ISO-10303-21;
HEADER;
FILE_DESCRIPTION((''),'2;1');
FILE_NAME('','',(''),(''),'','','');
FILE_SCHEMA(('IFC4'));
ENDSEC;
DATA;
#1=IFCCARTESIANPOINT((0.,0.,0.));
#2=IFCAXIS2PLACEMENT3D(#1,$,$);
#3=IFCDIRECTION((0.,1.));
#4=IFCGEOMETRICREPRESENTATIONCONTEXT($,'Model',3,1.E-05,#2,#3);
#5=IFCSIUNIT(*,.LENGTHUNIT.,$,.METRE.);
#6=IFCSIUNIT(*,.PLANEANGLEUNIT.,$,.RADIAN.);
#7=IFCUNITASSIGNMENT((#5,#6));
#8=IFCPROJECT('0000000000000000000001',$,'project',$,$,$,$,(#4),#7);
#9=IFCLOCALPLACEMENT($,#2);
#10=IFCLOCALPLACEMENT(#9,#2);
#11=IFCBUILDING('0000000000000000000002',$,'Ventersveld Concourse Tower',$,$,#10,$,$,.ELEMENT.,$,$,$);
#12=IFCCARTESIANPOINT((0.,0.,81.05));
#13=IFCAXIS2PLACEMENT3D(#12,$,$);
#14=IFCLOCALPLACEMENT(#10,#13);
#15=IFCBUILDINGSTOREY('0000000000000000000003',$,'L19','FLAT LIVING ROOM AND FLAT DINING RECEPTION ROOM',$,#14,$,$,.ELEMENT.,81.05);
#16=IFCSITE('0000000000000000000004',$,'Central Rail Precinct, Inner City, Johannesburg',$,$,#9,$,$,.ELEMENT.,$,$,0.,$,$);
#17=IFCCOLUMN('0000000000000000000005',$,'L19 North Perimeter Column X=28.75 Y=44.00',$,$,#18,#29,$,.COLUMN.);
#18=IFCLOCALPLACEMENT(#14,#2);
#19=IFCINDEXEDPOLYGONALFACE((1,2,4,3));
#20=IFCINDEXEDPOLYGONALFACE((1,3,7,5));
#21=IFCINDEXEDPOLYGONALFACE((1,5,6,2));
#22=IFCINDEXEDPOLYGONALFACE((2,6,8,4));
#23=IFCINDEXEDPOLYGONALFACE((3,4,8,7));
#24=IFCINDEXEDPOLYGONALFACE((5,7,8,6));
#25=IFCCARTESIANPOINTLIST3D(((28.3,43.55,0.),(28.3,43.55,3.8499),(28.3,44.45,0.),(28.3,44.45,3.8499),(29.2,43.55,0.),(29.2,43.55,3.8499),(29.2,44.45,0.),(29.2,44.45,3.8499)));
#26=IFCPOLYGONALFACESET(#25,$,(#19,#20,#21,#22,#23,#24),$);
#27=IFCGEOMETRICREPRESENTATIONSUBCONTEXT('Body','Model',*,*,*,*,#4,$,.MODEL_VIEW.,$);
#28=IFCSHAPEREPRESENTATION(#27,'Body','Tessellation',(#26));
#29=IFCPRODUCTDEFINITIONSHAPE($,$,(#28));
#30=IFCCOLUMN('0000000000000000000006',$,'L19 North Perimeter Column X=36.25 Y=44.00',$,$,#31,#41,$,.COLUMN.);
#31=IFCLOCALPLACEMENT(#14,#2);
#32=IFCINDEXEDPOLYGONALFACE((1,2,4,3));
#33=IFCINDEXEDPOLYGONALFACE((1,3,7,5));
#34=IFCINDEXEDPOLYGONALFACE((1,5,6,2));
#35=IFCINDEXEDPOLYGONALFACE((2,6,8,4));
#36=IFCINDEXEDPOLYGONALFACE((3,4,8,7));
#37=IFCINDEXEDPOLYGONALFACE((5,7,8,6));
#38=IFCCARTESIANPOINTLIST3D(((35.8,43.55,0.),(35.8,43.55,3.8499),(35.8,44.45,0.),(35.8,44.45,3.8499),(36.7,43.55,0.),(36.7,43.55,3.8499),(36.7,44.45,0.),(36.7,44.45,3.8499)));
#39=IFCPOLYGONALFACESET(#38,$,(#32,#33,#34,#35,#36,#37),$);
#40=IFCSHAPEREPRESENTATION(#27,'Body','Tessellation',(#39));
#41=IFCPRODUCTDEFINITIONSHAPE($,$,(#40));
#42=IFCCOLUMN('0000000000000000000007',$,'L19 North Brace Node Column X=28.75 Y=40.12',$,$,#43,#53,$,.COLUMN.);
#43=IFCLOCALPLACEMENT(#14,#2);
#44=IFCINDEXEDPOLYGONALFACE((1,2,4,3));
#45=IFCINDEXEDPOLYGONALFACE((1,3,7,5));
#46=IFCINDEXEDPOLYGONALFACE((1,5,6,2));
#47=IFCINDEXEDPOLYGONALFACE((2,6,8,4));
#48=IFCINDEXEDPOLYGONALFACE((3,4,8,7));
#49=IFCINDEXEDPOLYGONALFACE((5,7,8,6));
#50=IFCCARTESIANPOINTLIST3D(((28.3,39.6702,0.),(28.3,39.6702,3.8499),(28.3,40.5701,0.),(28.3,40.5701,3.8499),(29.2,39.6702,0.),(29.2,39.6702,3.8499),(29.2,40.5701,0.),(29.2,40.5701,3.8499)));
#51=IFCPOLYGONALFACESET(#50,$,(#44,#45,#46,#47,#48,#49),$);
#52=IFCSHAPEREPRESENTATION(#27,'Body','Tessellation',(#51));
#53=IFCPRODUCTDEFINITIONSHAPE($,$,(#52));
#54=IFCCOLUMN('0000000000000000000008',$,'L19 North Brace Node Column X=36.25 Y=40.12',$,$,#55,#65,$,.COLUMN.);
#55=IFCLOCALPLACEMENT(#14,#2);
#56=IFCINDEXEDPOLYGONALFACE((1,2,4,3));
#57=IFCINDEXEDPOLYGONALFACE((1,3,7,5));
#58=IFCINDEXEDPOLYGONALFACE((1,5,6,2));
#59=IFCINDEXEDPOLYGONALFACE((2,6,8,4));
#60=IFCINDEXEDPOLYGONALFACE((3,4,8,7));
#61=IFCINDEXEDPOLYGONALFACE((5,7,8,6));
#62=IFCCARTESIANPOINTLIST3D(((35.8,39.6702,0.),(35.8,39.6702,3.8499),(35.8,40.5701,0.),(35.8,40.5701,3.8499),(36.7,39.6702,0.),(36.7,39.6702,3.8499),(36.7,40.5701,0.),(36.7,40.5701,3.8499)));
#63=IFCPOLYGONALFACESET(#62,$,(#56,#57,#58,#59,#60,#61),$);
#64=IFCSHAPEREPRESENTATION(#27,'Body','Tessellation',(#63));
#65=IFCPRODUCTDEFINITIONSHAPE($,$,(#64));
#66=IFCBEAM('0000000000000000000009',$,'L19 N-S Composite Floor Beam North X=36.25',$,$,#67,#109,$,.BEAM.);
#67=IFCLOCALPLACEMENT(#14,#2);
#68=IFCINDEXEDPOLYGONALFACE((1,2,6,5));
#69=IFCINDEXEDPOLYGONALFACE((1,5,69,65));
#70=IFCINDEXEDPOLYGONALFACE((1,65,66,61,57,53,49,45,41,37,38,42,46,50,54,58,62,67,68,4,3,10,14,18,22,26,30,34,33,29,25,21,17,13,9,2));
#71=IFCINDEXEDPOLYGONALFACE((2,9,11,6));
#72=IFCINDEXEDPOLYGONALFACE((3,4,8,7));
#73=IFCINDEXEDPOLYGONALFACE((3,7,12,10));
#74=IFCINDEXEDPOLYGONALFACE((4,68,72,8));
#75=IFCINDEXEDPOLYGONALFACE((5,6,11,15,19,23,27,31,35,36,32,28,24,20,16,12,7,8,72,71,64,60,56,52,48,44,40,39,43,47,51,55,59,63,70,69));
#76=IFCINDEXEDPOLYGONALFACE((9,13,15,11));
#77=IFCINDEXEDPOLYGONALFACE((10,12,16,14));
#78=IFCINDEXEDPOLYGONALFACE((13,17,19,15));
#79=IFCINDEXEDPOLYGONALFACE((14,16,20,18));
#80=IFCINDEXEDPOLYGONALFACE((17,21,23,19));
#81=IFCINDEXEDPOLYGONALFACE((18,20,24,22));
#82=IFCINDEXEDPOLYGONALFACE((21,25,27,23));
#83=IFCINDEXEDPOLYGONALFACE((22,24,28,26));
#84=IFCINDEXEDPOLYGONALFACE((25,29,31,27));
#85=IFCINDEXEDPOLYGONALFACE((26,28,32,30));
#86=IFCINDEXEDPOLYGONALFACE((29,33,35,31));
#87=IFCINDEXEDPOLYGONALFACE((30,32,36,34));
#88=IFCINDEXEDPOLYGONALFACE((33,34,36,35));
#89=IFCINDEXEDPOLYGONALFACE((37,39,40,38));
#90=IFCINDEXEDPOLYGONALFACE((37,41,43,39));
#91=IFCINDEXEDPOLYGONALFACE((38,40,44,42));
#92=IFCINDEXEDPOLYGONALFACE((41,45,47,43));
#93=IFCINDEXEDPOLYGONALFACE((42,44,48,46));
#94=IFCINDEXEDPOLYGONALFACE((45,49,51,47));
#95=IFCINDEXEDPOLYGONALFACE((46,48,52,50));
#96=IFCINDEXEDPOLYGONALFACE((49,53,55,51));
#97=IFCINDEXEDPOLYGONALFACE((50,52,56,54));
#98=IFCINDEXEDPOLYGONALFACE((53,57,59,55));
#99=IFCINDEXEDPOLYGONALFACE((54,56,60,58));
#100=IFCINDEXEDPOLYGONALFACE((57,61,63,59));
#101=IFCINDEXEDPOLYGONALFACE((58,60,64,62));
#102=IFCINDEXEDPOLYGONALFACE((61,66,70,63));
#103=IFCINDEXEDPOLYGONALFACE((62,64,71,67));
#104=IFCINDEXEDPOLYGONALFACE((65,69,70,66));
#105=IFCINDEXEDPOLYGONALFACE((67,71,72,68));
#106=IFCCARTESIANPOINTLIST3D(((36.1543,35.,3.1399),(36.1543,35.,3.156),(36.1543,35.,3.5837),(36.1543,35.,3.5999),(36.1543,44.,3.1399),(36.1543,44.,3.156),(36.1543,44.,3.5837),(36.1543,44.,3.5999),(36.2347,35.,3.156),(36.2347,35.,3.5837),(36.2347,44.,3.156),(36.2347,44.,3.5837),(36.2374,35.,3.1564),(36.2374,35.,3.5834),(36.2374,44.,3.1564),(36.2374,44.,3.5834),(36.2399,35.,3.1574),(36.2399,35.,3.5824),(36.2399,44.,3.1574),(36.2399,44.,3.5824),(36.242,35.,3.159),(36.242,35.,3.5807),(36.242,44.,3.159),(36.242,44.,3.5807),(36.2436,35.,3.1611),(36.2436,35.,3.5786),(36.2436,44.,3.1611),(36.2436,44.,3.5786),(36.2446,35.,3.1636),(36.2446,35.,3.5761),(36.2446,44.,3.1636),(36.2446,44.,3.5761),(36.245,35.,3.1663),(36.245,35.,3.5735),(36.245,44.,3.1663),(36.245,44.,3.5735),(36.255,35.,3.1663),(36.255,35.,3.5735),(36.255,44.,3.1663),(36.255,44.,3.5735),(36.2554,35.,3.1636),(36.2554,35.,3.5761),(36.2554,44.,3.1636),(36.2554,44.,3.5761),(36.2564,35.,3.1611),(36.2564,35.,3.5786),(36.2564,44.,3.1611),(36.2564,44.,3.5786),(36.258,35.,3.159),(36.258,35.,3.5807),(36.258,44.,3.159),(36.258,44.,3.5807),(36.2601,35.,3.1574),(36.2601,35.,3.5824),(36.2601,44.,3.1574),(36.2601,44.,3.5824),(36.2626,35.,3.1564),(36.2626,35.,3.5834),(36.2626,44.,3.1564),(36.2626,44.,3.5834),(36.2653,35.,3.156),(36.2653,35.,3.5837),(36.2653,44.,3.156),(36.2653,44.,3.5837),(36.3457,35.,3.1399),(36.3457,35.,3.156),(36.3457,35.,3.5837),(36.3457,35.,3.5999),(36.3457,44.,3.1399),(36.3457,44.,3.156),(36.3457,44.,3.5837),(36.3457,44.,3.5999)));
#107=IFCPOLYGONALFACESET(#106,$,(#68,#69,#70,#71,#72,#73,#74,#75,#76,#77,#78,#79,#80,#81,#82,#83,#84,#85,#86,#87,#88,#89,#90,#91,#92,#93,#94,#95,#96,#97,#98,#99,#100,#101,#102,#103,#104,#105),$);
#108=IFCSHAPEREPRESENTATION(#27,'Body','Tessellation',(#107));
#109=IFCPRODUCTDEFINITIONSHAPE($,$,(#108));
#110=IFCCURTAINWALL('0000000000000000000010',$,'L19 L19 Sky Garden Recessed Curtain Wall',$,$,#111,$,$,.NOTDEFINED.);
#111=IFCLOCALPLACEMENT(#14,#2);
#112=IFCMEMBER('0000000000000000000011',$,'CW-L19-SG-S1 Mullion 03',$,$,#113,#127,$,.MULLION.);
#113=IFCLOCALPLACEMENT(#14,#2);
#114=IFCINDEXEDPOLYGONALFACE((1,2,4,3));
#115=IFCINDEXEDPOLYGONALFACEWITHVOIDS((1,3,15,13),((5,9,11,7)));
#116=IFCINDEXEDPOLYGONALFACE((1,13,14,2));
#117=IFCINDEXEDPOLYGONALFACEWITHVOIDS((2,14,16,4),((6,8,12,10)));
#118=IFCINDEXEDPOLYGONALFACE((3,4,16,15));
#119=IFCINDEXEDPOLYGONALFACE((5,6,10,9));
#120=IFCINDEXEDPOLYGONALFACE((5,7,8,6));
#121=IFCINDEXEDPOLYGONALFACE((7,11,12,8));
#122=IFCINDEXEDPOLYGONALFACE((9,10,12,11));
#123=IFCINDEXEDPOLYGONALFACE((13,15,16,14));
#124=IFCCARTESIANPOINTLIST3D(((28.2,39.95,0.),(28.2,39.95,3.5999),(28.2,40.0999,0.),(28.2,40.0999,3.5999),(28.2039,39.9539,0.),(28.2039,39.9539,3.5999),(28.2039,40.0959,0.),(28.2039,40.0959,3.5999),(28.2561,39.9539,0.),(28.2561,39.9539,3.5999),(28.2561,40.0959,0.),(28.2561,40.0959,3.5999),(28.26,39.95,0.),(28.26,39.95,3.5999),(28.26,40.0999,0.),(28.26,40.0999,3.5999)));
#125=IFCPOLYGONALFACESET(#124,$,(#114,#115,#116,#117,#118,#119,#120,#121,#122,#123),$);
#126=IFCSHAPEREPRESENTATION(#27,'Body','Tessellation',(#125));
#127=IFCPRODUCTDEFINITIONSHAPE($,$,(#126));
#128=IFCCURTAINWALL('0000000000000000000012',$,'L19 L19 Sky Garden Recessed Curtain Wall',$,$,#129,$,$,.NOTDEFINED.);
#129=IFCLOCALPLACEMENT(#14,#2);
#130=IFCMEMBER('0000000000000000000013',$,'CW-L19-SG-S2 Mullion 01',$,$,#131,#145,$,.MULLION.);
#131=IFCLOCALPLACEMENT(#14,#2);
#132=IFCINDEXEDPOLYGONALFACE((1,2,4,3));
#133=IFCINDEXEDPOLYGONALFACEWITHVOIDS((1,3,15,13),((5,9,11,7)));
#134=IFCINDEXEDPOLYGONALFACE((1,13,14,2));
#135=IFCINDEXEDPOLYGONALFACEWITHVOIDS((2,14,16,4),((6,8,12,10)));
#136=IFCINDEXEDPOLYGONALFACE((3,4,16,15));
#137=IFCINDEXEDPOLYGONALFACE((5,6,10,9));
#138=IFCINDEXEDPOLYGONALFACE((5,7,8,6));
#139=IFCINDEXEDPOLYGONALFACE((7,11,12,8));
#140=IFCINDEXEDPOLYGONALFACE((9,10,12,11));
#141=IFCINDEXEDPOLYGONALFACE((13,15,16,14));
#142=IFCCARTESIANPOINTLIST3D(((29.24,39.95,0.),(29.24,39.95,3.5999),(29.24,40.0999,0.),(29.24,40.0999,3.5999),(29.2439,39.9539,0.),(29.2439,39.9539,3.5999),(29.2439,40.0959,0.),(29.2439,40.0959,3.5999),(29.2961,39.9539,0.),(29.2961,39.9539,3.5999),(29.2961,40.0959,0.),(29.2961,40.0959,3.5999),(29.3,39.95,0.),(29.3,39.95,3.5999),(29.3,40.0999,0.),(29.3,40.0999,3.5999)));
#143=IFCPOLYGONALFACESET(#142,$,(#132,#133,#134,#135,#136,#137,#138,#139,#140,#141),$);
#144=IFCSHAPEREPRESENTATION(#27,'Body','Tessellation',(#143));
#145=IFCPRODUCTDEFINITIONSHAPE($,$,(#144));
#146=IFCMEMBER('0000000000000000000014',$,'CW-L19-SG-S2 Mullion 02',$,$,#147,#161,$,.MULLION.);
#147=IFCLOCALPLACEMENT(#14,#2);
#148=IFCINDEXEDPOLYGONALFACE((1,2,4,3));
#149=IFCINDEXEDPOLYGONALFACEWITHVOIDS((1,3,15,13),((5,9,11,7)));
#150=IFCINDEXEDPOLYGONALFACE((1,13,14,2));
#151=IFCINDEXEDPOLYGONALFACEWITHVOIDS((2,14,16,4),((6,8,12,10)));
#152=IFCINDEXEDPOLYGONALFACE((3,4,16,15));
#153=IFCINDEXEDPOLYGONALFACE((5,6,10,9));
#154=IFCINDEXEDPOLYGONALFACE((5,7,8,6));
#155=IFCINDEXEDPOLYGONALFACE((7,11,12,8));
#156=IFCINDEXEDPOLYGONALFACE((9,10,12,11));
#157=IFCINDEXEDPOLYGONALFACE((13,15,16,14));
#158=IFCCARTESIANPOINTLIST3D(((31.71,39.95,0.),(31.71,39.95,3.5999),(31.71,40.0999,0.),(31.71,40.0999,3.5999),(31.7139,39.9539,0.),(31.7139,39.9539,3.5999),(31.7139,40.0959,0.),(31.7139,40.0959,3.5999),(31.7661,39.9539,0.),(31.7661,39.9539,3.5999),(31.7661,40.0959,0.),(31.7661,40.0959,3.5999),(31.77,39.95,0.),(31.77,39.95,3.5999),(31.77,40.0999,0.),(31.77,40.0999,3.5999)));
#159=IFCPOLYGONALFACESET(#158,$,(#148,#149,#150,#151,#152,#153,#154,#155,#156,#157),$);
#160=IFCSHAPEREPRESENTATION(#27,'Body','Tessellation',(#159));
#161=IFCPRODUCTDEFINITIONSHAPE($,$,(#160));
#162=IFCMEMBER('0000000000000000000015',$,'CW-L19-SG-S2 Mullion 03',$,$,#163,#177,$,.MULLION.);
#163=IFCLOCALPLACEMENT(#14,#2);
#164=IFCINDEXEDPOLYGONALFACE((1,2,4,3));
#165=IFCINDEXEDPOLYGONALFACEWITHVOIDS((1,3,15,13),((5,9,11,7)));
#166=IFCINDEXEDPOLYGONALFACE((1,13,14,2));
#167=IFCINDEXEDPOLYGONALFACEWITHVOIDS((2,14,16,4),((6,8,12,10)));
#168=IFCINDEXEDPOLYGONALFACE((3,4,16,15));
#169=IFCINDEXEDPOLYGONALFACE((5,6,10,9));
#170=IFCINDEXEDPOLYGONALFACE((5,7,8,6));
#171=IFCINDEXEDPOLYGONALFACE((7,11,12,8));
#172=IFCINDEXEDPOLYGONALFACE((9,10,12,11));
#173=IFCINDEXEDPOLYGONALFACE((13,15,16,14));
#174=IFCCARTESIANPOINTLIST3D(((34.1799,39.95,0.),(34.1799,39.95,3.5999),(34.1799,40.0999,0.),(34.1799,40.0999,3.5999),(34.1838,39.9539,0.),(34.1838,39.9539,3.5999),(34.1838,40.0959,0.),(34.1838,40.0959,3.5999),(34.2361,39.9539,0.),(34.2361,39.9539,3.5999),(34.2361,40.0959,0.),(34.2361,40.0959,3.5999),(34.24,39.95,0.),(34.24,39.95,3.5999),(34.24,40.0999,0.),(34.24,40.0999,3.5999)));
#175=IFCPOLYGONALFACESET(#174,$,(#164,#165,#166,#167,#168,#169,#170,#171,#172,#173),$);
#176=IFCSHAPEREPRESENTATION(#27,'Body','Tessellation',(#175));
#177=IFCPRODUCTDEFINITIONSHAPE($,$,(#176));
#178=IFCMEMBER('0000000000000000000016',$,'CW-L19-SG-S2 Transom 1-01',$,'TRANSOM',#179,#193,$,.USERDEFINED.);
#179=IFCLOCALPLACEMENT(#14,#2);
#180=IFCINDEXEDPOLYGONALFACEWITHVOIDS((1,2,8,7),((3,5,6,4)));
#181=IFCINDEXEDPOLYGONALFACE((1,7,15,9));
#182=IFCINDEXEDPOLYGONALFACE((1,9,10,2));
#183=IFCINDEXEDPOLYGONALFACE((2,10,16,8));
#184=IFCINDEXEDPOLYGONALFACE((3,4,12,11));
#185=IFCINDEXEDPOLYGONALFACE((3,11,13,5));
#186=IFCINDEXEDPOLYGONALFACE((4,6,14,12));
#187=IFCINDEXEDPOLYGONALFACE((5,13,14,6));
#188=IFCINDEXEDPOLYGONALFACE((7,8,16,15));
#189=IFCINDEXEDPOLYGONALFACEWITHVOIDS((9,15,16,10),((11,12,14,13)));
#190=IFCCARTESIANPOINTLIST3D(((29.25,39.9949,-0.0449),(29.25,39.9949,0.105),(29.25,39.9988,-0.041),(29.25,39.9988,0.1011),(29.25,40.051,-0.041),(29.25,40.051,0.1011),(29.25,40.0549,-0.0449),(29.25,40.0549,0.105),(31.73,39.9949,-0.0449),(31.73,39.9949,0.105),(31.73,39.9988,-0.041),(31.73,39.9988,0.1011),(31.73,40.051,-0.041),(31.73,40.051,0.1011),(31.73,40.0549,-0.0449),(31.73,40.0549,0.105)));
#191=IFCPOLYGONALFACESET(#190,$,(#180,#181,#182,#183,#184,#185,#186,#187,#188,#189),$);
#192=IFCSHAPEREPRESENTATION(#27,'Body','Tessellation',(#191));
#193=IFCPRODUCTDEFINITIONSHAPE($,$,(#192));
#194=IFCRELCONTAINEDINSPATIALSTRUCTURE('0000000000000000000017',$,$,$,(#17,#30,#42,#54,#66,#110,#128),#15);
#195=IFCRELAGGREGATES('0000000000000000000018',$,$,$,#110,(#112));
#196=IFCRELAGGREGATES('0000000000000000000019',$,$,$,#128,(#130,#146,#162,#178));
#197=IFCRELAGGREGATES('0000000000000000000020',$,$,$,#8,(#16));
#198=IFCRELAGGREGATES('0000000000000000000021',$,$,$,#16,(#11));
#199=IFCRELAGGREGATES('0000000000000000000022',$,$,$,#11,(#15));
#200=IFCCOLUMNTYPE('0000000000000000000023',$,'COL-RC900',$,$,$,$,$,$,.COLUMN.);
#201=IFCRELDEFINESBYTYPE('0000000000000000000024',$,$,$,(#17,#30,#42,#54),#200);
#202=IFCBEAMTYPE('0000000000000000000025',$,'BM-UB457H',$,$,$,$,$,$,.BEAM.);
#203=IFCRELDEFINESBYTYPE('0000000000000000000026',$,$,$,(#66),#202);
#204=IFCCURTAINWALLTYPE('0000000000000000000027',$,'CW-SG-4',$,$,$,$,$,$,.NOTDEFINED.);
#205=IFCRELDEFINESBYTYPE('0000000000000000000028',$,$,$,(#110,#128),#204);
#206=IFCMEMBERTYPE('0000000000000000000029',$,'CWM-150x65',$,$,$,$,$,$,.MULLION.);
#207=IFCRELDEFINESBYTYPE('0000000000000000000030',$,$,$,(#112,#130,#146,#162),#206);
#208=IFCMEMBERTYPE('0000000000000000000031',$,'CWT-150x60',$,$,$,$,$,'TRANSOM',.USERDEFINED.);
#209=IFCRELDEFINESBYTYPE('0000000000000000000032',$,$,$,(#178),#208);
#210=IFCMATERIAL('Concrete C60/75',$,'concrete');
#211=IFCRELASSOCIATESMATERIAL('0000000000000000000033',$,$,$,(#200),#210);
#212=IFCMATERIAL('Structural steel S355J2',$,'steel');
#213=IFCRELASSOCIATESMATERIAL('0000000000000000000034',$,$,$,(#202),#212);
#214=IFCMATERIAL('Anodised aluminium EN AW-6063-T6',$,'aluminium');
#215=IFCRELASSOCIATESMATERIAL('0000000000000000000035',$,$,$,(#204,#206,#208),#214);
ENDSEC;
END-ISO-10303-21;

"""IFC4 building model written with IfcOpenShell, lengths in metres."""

from ifc_helpers import new_model, si_unit, direction, frame, origin, origin_2d, place, context, subcontext, project, spatial, rectangle, hollow_rectangle, i_section, extrude, material, material_profile, profile_set, type_object, element, aggregate, save


model = new_model("IFC4")

# Units and contexts
model_context = context("Model", 3, precision=1e-05, world=origin(), true_north=direction((0.0, 1.0)))
body_context = subcontext(model_context, "Body", "Model", "MODEL_VIEW")
ifc_project = project(units=[si_unit("LENGTHUNIT", "METRE"), si_unit("PLANEANGLEUNIT", "RADIAN")], contexts=[model_context])

# Site, building, storey
site_placement = place(None, origin())
site = spatial("IfcSite", under=ifc_project, at=site_placement, Name="Central Rail Precinct, Inner City, Johannesburg", CompositionType="ELEMENT", RefElevation=0.0)
building_placement = place(site_placement, origin())
building = spatial("IfcBuilding", under=site, at=building_placement, Name="Ventersveld Concourse Tower", CompositionType="ELEMENT")
storey_placement = place(building_placement, frame((0.0, 0.0, 81.05)))
storey = spatial("IfcBuildingStorey", under=building, at=storey_placement, Name="L19", Description="FLAT LIVING ROOM AND FLAT DINING RECEPTION ROOM", CompositionType="ELEMENT", Elevation=81.05)

# Columns
ifc_material_1 = material(Name="Concrete C60/75", Category="concrete")
ifc_material_profile_1 = material_profile(ifc_material_1, rectangle(XDim=0.8999, YDim=0.8999, at=origin_2d()), Name="RC 900x900")
ifc_profile_set_1 = profile_set([ifc_material_profile_1], Name="Concrete C60/75")
column_type = type_object("IfcColumnType", Name="COL-RC900", PredefinedType="COLUMN", material=ifc_profile_set_1)
for number, where, z_axis, x_axis, name in (
    (1, (28.75, 44.0, 0.0), (0.0, 0.0, 1.0), (1.0, 0.0, 0.0), "L19 North Perimeter Column X=28.75 Y=44.00"),
    (2, (36.25, 44.0, 0.0), (0.0, 0.0, 1.0), (1.0, 0.0, 0.0), "L19 North Perimeter Column X=36.25 Y=44.00"),
    (3, (28.75, 40.1201, 0.0), (0.0, 0.0, 1.0), (1.0, 0.0, 0.0), "L19 North Brace Node Column X=28.75 Y=40.12"),
    (4, (36.25, 40.1201, 0.0), (0.0, 0.0, 1.0), (1.0, 0.0, 0.0), "L19 North Brace Node Column X=36.25 Y=40.12"),
):
    element("IfcColumn", number, at=place(storey_placement, frame(where, z_axis=z_axis, x_axis=x_axis)), inside=storey, type_object=column_type, Name=name, PredefinedType="COLUMN", context=body_context, shape_type="SweptSolid", body=[
        extrude(rectangle(XDim=0.8999, YDim=0.8999, at=origin_2d()), origin(), (0.0, 0.0, 1.0), 3.8499),
    ])

# Beam
ifc_material_2 = material(Name="Structural steel S355J2", Category="steel")
ifc_material_profile_2 = material_profile(ifc_material_2, i_section(OverallWidth=0.1914, OverallDepth=0.46, WebThickness=0.01, FlangeThickness=0.0161, FilletRadius=0.0103, at=origin_2d()), Name="UB 457x191x82")
ifc_profile_set_2 = profile_set([ifc_material_profile_2], Name="Structural steel S355J2")
beam_type_1 = type_object("IfcBeamType", Name="BM-UB457H", PredefinedType="BEAM", material=ifc_profile_set_2)
beam_1_placement = place(storey_placement, frame((36.25, 35.0, 3.3699), z_axis=(0.0, 1.0, 0.0), x_axis=(-1.0, 0.0, 0.0)))
element("IfcBeam", 5, at=beam_1_placement, inside=storey, type_object=beam_type_1, Name="L19 N-S Composite Floor Beam North X=36.25", PredefinedType="BEAM", context=body_context, shape_type="SweptSolid", body=[
    extrude(i_section(OverallWidth=0.1914, OverallDepth=0.46, WebThickness=0.01, FlangeThickness=0.0161, FilletRadius=0.0103, at=origin_2d()), origin(), (0.0, 0.0, 1.0), 9.0),
])

# Curtain wall, member
ifc_material_3 = material(Name="Anodised aluminium EN AW-6063-T6", Category="aluminium")
curtain_wall_type = type_object("IfcCurtainWallType", Name="CW-SG-4", PredefinedType="NOTDEFINED", material=ifc_material_3)
curtain_wall_1_placement = place(storey_placement, origin())
curtain_wall_1 = element("IfcCurtainWall", 6, at=curtain_wall_1_placement, inside=storey, type_object=curtain_wall_type, Name="L19 L19 Sky Garden Recessed Curtain Wall", PredefinedType="NOTDEFINED")
ifc_material_profile_3 = material_profile(ifc_material_3, hollow_rectangle(XDim=0.0601, YDim=0.1499, WallThickness=0.0039, at=origin_2d()), Name="ALU 150x60x4")
ifc_profile_set_3 = profile_set([ifc_material_profile_3], Name="Anodised aluminium EN AW-6063-T6")
member_type_1 = type_object("IfcMemberType", Name="CWM-150x65", PredefinedType="MULLION", material=ifc_profile_set_3)
member_1_placement = place(storey_placement, frame((28.23, 40.0249, 0.0), z_axis=(0.0, 0.0, 1.0), x_axis=(1.0, 0.0, 0.0)))
member_1 = element("IfcMember", 7, at=member_1_placement, type_object=member_type_1, Name="CW-L19-SG-S1 Mullion 03", PredefinedType="MULLION", context=body_context, shape_type="SweptSolid", body=[
    extrude(hollow_rectangle(XDim=0.0601, YDim=0.1499, WallThickness=0.0039, at=origin_2d()), origin(), (0.0, 0.0, 1.0), 3.5999),
])
aggregate(curtain_wall_1, [member_1])

# Curtain wall, members
curtain_wall_2_placement = place(storey_placement, origin())
curtain_wall_2 = element("IfcCurtainWall", 8, at=curtain_wall_2_placement, inside=storey, type_object=curtain_wall_type, Name="L19 L19 Sky Garden Recessed Curtain Wall", PredefinedType="NOTDEFINED")
member_2_placement = place(storey_placement, frame((29.27, 40.0249, 0.0), z_axis=(0.0, 0.0, 1.0), x_axis=(1.0, 0.0, 0.0)))
member_2 = element("IfcMember", 9, at=member_2_placement, type_object=member_type_1, Name="CW-L19-SG-S2 Mullion 01", PredefinedType="MULLION", context=body_context, shape_type="SweptSolid", body=[
    extrude(hollow_rectangle(XDim=0.0601, YDim=0.1499, WallThickness=0.0039, at=origin_2d()), origin(), (0.0, 0.0, 1.0), 3.5999),
])
member_3_placement = place(storey_placement, frame((31.74, 40.0249, 0.0), z_axis=(0.0, 0.0, 1.0), x_axis=(1.0, 0.0, 0.0)))
member_3 = element("IfcMember", 10, at=member_3_placement, type_object=member_type_1, Name="CW-L19-SG-S2 Mullion 02", PredefinedType="MULLION", context=body_context, shape_type="SweptSolid", body=[
    extrude(hollow_rectangle(XDim=0.0601, YDim=0.1499, WallThickness=0.0039, at=origin_2d()), origin(), (0.0, 0.0, 1.0), 3.5999),
])
member_4_placement = place(storey_placement, frame((34.21, 40.0249, 0.0), z_axis=(0.0, 0.0, 1.0), x_axis=(1.0, 0.0, 0.0)))
member_4 = element("IfcMember", 11, at=member_4_placement, type_object=member_type_1, Name="CW-L19-SG-S2 Mullion 03", PredefinedType="MULLION", context=body_context, shape_type="SweptSolid", body=[
    extrude(hollow_rectangle(XDim=0.0601, YDim=0.1499, WallThickness=0.0039, at=origin_2d()), origin(), (0.0, 0.0, 1.0), 3.5999),
])
ifc_material_profile_4 = material_profile(ifc_material_3, hollow_rectangle(XDim=0.0601, YDim=0.1499, WallThickness=0.0039, at=origin_2d()), Name="ALU 150x60x4")
ifc_profile_set_4 = profile_set([ifc_material_profile_4], Name="Anodised aluminium EN AW-6063-T6")
member_type_2 = type_object("IfcMemberType", Name="CWT-150x60", ElementType="TRANSOM", PredefinedType="USERDEFINED", material=ifc_profile_set_4)
member_5_placement = place(storey_placement, frame((29.25, 40.0249, 0.03), z_axis=(1.0, 0.0, 0.0), x_axis=(0.0, 1.0, 0.0)))
member_5 = element("IfcMember", 12, at=member_5_placement, type_object=member_type_2, Name="CW-L19-SG-S2 Transom 1-01", ObjectType="TRANSOM", PredefinedType="USERDEFINED", context=body_context, shape_type="SweptSolid", body=[
    extrude(hollow_rectangle(XDim=0.0601, YDim=0.1499, WallThickness=0.0039, at=origin_2d()), origin(), (0.0, 0.0, 1.0), 2.48),
])

aggregate(curtain_wall_2, [member_2, member_3, member_4, member_5])

save(model, "model.ifc")
